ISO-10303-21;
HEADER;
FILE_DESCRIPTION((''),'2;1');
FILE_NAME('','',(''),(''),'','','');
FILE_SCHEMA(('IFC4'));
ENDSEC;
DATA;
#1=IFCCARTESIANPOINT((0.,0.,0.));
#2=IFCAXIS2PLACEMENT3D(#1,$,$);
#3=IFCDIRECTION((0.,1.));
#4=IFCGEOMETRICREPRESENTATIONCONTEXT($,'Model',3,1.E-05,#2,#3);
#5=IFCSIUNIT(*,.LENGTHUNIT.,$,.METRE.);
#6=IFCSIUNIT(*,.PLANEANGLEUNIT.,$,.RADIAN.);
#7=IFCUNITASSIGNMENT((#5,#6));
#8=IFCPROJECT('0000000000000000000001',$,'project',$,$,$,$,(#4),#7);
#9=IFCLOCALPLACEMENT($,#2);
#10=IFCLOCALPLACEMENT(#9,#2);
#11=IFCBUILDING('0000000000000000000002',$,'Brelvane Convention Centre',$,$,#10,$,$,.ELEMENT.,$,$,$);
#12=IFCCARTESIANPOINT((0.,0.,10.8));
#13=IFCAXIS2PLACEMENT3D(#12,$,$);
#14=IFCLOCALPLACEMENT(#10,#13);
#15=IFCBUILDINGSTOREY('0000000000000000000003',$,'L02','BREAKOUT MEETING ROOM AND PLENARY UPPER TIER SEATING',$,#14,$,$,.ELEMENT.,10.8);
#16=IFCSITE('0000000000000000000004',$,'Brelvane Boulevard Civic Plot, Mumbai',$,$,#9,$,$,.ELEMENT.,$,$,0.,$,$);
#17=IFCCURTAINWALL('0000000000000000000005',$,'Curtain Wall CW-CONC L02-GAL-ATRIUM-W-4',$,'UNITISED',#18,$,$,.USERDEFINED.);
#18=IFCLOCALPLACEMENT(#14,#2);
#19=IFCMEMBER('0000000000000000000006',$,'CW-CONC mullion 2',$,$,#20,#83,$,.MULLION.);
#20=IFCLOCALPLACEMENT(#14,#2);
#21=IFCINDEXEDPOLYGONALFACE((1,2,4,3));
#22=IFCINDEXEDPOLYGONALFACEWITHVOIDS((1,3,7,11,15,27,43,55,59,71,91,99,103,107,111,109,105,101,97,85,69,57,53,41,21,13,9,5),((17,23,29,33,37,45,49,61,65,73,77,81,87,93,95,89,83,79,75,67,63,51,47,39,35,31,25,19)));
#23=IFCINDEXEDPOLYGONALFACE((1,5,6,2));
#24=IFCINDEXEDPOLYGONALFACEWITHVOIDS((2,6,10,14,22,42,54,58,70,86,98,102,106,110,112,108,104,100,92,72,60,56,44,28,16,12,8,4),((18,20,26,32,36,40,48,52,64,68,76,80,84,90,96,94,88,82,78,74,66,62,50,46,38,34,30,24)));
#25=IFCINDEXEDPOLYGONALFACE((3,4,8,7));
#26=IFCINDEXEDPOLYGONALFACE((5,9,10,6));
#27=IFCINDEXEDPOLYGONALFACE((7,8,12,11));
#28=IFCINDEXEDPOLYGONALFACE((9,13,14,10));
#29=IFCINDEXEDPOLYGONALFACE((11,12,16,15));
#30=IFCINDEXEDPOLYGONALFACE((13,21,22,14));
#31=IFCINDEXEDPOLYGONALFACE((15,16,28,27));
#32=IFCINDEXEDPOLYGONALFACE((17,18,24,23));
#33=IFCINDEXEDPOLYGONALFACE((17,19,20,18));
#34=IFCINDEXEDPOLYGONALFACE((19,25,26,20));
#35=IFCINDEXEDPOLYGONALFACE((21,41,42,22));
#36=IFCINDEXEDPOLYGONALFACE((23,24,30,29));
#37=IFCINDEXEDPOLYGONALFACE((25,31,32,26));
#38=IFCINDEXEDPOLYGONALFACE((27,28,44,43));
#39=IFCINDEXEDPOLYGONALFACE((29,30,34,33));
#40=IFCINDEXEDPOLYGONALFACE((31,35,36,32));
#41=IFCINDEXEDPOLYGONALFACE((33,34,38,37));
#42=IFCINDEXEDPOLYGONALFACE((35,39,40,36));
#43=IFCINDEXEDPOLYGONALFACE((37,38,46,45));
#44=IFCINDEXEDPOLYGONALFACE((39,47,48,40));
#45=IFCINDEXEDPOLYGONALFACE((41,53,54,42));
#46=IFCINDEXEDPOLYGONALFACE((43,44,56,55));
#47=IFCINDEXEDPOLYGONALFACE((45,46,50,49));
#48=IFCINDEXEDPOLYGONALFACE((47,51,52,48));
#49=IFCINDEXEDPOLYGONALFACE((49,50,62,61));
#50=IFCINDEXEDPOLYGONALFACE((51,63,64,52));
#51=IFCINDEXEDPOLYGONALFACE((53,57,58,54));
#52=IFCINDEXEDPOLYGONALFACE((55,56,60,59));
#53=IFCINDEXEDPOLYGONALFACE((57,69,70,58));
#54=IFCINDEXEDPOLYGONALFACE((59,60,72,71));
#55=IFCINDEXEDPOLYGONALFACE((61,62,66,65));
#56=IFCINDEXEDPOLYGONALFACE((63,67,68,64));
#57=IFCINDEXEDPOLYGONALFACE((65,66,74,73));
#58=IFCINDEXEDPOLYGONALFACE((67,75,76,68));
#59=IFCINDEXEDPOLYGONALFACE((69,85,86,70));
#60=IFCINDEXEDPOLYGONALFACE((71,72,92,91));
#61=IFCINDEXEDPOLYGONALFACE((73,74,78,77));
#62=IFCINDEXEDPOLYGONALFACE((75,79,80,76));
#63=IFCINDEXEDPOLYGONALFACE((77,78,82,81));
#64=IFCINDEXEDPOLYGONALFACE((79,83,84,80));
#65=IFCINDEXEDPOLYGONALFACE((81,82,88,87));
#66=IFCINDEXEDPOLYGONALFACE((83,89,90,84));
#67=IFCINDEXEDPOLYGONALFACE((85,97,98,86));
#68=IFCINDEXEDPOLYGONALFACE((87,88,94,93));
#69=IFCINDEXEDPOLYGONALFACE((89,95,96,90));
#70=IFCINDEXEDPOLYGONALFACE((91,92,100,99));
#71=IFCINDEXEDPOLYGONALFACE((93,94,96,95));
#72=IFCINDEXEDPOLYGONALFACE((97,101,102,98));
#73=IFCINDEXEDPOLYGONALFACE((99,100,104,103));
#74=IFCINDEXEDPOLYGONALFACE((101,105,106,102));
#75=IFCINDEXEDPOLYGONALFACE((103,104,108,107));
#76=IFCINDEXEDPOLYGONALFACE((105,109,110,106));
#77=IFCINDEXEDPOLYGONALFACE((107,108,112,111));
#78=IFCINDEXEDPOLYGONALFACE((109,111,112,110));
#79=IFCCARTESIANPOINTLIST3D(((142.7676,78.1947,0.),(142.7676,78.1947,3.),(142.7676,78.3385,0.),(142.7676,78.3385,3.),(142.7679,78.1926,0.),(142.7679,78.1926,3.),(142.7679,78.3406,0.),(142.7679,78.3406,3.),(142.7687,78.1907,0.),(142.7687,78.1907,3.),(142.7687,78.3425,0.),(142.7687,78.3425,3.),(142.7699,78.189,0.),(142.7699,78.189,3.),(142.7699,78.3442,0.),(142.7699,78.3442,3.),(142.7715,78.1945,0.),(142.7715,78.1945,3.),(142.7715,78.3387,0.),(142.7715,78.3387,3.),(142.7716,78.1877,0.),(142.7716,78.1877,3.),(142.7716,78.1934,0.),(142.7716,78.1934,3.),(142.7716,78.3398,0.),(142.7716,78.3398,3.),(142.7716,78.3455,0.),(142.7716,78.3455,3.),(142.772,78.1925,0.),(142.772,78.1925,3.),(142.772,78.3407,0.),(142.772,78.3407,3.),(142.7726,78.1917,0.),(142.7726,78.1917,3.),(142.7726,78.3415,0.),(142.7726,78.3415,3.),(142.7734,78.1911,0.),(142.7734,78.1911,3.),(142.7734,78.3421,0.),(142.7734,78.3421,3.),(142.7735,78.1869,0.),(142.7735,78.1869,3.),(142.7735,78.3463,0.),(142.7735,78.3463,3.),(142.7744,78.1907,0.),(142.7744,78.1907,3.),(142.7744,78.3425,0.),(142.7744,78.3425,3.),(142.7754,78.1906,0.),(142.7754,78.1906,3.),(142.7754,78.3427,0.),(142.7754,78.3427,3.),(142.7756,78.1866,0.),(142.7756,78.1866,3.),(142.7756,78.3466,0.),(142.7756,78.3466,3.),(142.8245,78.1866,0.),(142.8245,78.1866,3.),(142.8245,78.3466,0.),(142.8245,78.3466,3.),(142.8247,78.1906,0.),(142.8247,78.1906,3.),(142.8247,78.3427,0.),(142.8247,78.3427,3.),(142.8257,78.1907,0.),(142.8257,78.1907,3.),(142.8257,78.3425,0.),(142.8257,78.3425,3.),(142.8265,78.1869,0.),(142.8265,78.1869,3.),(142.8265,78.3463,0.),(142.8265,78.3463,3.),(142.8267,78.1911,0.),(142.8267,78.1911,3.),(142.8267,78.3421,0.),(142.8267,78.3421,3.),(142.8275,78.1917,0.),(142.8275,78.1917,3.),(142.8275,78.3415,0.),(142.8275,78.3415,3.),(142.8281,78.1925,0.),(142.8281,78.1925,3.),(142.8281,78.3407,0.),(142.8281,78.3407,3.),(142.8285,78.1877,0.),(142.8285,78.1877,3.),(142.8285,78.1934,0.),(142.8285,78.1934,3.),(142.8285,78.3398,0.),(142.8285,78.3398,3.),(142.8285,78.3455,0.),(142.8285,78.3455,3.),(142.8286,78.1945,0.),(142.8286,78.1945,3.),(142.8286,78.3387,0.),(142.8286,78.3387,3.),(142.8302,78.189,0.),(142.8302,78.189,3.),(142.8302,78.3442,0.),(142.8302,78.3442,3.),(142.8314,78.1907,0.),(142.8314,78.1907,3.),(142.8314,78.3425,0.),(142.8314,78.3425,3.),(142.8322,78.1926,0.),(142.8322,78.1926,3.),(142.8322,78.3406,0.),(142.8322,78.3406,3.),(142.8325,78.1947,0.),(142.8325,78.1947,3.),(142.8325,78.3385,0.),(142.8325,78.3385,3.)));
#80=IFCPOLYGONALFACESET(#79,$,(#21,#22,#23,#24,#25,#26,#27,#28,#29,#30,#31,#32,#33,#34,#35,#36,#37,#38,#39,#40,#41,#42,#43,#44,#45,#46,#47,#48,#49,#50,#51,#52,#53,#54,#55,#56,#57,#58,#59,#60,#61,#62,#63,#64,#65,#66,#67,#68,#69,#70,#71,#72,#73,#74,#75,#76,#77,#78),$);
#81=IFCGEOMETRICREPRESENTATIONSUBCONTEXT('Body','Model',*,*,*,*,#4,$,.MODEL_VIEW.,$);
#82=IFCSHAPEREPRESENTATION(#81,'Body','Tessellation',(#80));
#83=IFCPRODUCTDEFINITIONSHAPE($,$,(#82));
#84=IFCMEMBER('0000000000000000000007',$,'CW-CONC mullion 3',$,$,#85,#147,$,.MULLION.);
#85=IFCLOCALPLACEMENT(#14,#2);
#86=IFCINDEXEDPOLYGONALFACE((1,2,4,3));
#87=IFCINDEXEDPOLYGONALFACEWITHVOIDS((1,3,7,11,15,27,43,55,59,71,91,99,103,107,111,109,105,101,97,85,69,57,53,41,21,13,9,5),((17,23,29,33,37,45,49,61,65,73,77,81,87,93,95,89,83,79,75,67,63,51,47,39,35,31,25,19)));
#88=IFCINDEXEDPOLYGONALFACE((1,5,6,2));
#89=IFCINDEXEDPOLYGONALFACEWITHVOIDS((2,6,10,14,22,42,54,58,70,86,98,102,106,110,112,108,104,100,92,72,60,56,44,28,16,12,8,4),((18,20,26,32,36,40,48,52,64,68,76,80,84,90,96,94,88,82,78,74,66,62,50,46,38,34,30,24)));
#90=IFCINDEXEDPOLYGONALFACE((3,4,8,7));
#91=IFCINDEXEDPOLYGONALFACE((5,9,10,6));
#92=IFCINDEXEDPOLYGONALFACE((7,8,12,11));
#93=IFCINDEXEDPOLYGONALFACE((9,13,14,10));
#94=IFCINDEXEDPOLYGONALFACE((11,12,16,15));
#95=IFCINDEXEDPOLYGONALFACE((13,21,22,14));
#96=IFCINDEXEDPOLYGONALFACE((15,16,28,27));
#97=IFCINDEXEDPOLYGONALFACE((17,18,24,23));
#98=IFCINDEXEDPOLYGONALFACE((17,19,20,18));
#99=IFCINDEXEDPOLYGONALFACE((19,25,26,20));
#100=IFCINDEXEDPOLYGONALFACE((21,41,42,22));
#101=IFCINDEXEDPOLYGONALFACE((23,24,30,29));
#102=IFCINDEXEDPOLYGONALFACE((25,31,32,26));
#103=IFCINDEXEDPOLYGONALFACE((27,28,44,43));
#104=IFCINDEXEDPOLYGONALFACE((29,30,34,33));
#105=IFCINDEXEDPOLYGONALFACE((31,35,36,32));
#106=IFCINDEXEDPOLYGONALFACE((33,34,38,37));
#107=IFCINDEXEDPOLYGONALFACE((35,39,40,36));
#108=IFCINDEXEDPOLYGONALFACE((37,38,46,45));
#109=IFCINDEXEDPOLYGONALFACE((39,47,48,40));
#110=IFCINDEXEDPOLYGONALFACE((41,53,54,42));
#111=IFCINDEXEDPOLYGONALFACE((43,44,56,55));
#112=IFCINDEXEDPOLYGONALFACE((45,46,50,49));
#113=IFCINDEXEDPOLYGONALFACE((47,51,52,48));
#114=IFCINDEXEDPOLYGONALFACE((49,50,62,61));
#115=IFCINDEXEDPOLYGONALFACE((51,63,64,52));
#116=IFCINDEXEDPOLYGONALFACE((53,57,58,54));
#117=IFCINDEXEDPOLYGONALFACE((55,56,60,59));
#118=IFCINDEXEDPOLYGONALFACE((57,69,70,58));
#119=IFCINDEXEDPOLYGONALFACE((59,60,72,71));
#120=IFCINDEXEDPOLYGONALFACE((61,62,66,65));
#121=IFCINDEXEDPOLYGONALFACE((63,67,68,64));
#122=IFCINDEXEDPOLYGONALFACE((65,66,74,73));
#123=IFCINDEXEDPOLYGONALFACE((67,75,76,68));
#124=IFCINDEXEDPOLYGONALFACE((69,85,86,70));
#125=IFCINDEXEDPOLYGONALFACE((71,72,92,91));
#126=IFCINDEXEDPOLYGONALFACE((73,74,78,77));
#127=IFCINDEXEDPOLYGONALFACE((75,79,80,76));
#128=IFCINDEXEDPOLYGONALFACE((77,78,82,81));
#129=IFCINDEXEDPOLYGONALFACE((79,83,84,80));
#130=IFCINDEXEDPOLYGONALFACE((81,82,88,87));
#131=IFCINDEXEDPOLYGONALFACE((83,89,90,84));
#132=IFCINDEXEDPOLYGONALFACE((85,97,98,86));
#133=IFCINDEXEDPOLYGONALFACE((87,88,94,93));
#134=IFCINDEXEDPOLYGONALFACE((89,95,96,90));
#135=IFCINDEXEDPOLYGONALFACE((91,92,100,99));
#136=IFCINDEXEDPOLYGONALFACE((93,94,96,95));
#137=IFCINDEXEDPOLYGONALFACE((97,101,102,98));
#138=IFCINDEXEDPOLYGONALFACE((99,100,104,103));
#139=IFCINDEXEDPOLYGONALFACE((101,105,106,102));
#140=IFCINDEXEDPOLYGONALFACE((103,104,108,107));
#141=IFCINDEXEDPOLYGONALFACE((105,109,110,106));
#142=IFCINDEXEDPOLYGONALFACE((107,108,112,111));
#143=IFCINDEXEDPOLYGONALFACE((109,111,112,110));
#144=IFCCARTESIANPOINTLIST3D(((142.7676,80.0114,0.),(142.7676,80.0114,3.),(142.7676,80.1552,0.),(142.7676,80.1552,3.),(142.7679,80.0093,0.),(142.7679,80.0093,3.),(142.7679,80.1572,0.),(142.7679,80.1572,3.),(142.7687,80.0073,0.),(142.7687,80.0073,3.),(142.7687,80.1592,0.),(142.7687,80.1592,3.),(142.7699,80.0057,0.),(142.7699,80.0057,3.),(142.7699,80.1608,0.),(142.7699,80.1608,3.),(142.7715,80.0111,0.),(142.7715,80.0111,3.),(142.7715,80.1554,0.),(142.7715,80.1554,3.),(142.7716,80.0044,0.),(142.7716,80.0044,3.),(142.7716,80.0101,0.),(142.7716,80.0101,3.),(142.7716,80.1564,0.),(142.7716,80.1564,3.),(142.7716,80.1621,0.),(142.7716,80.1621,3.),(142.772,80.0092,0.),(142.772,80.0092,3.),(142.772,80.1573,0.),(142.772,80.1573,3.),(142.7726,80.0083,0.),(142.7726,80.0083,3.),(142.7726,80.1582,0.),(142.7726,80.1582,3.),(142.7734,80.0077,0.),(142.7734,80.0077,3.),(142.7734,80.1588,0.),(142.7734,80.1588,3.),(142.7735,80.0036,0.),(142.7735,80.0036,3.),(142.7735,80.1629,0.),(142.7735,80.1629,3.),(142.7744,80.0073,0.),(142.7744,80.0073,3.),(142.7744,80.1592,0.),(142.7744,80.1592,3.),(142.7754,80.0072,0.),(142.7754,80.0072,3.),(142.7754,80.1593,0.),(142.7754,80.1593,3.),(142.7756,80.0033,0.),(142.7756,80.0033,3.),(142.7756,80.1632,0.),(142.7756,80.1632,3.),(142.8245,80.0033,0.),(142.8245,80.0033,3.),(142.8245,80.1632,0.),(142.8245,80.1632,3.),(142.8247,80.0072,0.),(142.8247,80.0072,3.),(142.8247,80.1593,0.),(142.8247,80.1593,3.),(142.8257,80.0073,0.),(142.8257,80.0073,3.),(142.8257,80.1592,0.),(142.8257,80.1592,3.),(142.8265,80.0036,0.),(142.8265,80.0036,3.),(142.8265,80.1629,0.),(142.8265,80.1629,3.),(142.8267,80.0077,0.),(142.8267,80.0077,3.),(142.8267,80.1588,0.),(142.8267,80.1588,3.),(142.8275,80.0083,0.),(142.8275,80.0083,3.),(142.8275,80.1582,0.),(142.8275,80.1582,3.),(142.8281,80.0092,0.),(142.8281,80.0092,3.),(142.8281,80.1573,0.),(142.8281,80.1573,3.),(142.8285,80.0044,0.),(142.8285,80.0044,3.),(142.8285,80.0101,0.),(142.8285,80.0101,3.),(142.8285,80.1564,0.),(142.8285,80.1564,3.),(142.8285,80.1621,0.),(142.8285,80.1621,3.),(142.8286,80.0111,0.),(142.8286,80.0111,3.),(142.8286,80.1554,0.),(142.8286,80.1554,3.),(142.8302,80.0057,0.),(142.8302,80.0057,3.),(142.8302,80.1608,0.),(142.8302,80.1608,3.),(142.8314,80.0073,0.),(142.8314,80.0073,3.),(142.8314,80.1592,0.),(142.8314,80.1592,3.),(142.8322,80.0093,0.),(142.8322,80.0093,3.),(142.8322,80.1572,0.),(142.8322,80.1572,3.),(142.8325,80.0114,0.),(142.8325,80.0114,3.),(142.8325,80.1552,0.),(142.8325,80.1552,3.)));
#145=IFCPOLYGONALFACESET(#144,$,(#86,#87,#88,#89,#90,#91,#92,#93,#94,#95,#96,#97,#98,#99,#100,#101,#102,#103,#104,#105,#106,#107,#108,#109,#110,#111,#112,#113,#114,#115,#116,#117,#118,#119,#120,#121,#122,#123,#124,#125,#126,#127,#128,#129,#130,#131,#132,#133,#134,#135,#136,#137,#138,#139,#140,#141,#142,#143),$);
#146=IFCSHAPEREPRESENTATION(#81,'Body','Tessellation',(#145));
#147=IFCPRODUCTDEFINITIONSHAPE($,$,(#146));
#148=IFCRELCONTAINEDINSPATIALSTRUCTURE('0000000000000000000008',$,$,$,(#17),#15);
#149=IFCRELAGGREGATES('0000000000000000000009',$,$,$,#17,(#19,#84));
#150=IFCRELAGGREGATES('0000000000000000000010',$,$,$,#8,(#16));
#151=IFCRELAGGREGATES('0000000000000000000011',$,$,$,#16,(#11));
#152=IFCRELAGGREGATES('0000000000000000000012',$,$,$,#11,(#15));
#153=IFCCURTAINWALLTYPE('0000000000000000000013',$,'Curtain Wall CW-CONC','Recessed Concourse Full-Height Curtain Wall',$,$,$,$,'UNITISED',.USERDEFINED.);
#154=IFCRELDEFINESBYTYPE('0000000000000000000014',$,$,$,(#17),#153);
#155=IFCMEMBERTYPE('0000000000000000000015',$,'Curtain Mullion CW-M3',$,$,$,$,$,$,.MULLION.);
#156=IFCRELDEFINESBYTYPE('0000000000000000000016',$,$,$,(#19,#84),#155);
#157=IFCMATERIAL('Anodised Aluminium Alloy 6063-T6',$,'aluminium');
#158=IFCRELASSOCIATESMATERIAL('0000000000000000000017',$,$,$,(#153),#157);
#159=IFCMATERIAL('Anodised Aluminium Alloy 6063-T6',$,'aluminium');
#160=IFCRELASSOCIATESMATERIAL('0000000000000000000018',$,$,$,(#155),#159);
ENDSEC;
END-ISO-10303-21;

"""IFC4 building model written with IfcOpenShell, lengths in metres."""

from ifc_helpers import new_model, si_unit, direction, frame, origin, origin_2d, place, context, subcontext, project, spatial, hollow_rectangle, extrude, material, material_profile, profile_set, type_object, element, aggregate, save


model = new_model("IFC4")

# Units and contexts
model_context = context("Model", 3, precision=1e-05, world=origin(), true_north=direction((0.0, 1.0)))
body_context = subcontext(model_context, "Body", "Model", "MODEL_VIEW")
ifc_project = project(units=[si_unit("LENGTHUNIT", "METRE"), si_unit("PLANEANGLEUNIT", "RADIAN")], contexts=[model_context])

# Site, building, storey
site_placement = place(None, origin())
site = spatial("IfcSite", under=ifc_project, at=site_placement, Name="Brelvane Boulevard Civic Plot, Mumbai", CompositionType="ELEMENT", RefElevation=0.0)
building_placement = place(site_placement, origin())
building = spatial("IfcBuilding", under=site, at=building_placement, Name="Brelvane Convention Centre", CompositionType="ELEMENT")
storey_placement = place(building_placement, frame((0.0, 0.0, 10.8)))
storey = spatial("IfcBuildingStorey", under=building, at=storey_placement, Name="L02", Description="BREAKOUT MEETING ROOM AND PLENARY UPPER TIER SEATING", CompositionType="ELEMENT", Elevation=10.8)

# Curtain wall, members
ifc_material_1 = material(Name="Anodised Aluminium Alloy 6063-T6", Category="aluminium")
curtain_wall_type = type_object("IfcCurtainWallType", Name="Curtain Wall CW-CONC", Description="Recessed Concourse Full-Height Curtain Wall", ElementType="UNITISED", PredefinedType="USERDEFINED", material=ifc_material_1)
ifc_material_2 = material(Name="Anodised Aluminium Alloy 6063-T6", Category="aluminium")
ifc_material_profile_1 = material_profile(ifc_material_2, hollow_rectangle(XDim=0.0649, YDim=0.1599, WallThickness=0.0039, InnerFilletRadius=0.0039, OuterFilletRadius=0.0081, at=origin_2d()), Name="ALU-M 160x65x4.0")
ifc_profile_set_1 = profile_set([ifc_material_profile_1], Name="Anodised Aluminium Alloy 6063-T6")
member_type_1 = type_object("IfcMemberType", Name="Curtain Mullion CW-M3", PredefinedType="MULLION", material=ifc_profile_set_1)
curtain_wall_1_placement = place(storey_placement, origin())
curtain_wall_1 = element("IfcCurtainWall", 1, at=curtain_wall_1_placement, inside=storey, type_object=curtain_wall_type, Name="Curtain Wall CW-CONC L02-GAL-ATRIUM-W-4", ObjectType="UNITISED", PredefinedType="USERDEFINED")
member_1_placement = place(storey_placement, frame((142.8, 78.2666, 0.0), z_axis=(0.0, 0.0, 1.0), x_axis=(-1.0, 0.0, 0.0)))
member_1 = element("IfcMember", 2, at=member_1_placement, type_object=member_type_1, Name="CW-CONC mullion 2", PredefinedType="MULLION", context=body_context, shape_type="SweptSolid", body=[
    extrude(hollow_rectangle(XDim=0.0649, YDim=0.1599, WallThickness=0.0039, InnerFilletRadius=0.0039, OuterFilletRadius=0.0081, at=origin_2d()), origin(), (0.0, 0.0, 1.0), 3.0),
])
member_2_placement = place(storey_placement, frame((142.8, 80.0833, 0.0), z_axis=(0.0, 0.0, 1.0), x_axis=(-1.0, 0.0, 0.0)))
member_2 = element("IfcMember", 3, at=member_2_placement, type_object=member_type_1, Name="CW-CONC mullion 3", PredefinedType="MULLION", context=body_context, shape_type="SweptSolid", body=[
    extrude(hollow_rectangle(XDim=0.0649, YDim=0.1599, WallThickness=0.0039, InnerFilletRadius=0.0039, OuterFilletRadius=0.0081, at=origin_2d()), origin(), (0.0, 0.0, 1.0), 3.0),
])

aggregate(curtain_wall_1, [member_1, member_2])

save(model, "model.ifc")
